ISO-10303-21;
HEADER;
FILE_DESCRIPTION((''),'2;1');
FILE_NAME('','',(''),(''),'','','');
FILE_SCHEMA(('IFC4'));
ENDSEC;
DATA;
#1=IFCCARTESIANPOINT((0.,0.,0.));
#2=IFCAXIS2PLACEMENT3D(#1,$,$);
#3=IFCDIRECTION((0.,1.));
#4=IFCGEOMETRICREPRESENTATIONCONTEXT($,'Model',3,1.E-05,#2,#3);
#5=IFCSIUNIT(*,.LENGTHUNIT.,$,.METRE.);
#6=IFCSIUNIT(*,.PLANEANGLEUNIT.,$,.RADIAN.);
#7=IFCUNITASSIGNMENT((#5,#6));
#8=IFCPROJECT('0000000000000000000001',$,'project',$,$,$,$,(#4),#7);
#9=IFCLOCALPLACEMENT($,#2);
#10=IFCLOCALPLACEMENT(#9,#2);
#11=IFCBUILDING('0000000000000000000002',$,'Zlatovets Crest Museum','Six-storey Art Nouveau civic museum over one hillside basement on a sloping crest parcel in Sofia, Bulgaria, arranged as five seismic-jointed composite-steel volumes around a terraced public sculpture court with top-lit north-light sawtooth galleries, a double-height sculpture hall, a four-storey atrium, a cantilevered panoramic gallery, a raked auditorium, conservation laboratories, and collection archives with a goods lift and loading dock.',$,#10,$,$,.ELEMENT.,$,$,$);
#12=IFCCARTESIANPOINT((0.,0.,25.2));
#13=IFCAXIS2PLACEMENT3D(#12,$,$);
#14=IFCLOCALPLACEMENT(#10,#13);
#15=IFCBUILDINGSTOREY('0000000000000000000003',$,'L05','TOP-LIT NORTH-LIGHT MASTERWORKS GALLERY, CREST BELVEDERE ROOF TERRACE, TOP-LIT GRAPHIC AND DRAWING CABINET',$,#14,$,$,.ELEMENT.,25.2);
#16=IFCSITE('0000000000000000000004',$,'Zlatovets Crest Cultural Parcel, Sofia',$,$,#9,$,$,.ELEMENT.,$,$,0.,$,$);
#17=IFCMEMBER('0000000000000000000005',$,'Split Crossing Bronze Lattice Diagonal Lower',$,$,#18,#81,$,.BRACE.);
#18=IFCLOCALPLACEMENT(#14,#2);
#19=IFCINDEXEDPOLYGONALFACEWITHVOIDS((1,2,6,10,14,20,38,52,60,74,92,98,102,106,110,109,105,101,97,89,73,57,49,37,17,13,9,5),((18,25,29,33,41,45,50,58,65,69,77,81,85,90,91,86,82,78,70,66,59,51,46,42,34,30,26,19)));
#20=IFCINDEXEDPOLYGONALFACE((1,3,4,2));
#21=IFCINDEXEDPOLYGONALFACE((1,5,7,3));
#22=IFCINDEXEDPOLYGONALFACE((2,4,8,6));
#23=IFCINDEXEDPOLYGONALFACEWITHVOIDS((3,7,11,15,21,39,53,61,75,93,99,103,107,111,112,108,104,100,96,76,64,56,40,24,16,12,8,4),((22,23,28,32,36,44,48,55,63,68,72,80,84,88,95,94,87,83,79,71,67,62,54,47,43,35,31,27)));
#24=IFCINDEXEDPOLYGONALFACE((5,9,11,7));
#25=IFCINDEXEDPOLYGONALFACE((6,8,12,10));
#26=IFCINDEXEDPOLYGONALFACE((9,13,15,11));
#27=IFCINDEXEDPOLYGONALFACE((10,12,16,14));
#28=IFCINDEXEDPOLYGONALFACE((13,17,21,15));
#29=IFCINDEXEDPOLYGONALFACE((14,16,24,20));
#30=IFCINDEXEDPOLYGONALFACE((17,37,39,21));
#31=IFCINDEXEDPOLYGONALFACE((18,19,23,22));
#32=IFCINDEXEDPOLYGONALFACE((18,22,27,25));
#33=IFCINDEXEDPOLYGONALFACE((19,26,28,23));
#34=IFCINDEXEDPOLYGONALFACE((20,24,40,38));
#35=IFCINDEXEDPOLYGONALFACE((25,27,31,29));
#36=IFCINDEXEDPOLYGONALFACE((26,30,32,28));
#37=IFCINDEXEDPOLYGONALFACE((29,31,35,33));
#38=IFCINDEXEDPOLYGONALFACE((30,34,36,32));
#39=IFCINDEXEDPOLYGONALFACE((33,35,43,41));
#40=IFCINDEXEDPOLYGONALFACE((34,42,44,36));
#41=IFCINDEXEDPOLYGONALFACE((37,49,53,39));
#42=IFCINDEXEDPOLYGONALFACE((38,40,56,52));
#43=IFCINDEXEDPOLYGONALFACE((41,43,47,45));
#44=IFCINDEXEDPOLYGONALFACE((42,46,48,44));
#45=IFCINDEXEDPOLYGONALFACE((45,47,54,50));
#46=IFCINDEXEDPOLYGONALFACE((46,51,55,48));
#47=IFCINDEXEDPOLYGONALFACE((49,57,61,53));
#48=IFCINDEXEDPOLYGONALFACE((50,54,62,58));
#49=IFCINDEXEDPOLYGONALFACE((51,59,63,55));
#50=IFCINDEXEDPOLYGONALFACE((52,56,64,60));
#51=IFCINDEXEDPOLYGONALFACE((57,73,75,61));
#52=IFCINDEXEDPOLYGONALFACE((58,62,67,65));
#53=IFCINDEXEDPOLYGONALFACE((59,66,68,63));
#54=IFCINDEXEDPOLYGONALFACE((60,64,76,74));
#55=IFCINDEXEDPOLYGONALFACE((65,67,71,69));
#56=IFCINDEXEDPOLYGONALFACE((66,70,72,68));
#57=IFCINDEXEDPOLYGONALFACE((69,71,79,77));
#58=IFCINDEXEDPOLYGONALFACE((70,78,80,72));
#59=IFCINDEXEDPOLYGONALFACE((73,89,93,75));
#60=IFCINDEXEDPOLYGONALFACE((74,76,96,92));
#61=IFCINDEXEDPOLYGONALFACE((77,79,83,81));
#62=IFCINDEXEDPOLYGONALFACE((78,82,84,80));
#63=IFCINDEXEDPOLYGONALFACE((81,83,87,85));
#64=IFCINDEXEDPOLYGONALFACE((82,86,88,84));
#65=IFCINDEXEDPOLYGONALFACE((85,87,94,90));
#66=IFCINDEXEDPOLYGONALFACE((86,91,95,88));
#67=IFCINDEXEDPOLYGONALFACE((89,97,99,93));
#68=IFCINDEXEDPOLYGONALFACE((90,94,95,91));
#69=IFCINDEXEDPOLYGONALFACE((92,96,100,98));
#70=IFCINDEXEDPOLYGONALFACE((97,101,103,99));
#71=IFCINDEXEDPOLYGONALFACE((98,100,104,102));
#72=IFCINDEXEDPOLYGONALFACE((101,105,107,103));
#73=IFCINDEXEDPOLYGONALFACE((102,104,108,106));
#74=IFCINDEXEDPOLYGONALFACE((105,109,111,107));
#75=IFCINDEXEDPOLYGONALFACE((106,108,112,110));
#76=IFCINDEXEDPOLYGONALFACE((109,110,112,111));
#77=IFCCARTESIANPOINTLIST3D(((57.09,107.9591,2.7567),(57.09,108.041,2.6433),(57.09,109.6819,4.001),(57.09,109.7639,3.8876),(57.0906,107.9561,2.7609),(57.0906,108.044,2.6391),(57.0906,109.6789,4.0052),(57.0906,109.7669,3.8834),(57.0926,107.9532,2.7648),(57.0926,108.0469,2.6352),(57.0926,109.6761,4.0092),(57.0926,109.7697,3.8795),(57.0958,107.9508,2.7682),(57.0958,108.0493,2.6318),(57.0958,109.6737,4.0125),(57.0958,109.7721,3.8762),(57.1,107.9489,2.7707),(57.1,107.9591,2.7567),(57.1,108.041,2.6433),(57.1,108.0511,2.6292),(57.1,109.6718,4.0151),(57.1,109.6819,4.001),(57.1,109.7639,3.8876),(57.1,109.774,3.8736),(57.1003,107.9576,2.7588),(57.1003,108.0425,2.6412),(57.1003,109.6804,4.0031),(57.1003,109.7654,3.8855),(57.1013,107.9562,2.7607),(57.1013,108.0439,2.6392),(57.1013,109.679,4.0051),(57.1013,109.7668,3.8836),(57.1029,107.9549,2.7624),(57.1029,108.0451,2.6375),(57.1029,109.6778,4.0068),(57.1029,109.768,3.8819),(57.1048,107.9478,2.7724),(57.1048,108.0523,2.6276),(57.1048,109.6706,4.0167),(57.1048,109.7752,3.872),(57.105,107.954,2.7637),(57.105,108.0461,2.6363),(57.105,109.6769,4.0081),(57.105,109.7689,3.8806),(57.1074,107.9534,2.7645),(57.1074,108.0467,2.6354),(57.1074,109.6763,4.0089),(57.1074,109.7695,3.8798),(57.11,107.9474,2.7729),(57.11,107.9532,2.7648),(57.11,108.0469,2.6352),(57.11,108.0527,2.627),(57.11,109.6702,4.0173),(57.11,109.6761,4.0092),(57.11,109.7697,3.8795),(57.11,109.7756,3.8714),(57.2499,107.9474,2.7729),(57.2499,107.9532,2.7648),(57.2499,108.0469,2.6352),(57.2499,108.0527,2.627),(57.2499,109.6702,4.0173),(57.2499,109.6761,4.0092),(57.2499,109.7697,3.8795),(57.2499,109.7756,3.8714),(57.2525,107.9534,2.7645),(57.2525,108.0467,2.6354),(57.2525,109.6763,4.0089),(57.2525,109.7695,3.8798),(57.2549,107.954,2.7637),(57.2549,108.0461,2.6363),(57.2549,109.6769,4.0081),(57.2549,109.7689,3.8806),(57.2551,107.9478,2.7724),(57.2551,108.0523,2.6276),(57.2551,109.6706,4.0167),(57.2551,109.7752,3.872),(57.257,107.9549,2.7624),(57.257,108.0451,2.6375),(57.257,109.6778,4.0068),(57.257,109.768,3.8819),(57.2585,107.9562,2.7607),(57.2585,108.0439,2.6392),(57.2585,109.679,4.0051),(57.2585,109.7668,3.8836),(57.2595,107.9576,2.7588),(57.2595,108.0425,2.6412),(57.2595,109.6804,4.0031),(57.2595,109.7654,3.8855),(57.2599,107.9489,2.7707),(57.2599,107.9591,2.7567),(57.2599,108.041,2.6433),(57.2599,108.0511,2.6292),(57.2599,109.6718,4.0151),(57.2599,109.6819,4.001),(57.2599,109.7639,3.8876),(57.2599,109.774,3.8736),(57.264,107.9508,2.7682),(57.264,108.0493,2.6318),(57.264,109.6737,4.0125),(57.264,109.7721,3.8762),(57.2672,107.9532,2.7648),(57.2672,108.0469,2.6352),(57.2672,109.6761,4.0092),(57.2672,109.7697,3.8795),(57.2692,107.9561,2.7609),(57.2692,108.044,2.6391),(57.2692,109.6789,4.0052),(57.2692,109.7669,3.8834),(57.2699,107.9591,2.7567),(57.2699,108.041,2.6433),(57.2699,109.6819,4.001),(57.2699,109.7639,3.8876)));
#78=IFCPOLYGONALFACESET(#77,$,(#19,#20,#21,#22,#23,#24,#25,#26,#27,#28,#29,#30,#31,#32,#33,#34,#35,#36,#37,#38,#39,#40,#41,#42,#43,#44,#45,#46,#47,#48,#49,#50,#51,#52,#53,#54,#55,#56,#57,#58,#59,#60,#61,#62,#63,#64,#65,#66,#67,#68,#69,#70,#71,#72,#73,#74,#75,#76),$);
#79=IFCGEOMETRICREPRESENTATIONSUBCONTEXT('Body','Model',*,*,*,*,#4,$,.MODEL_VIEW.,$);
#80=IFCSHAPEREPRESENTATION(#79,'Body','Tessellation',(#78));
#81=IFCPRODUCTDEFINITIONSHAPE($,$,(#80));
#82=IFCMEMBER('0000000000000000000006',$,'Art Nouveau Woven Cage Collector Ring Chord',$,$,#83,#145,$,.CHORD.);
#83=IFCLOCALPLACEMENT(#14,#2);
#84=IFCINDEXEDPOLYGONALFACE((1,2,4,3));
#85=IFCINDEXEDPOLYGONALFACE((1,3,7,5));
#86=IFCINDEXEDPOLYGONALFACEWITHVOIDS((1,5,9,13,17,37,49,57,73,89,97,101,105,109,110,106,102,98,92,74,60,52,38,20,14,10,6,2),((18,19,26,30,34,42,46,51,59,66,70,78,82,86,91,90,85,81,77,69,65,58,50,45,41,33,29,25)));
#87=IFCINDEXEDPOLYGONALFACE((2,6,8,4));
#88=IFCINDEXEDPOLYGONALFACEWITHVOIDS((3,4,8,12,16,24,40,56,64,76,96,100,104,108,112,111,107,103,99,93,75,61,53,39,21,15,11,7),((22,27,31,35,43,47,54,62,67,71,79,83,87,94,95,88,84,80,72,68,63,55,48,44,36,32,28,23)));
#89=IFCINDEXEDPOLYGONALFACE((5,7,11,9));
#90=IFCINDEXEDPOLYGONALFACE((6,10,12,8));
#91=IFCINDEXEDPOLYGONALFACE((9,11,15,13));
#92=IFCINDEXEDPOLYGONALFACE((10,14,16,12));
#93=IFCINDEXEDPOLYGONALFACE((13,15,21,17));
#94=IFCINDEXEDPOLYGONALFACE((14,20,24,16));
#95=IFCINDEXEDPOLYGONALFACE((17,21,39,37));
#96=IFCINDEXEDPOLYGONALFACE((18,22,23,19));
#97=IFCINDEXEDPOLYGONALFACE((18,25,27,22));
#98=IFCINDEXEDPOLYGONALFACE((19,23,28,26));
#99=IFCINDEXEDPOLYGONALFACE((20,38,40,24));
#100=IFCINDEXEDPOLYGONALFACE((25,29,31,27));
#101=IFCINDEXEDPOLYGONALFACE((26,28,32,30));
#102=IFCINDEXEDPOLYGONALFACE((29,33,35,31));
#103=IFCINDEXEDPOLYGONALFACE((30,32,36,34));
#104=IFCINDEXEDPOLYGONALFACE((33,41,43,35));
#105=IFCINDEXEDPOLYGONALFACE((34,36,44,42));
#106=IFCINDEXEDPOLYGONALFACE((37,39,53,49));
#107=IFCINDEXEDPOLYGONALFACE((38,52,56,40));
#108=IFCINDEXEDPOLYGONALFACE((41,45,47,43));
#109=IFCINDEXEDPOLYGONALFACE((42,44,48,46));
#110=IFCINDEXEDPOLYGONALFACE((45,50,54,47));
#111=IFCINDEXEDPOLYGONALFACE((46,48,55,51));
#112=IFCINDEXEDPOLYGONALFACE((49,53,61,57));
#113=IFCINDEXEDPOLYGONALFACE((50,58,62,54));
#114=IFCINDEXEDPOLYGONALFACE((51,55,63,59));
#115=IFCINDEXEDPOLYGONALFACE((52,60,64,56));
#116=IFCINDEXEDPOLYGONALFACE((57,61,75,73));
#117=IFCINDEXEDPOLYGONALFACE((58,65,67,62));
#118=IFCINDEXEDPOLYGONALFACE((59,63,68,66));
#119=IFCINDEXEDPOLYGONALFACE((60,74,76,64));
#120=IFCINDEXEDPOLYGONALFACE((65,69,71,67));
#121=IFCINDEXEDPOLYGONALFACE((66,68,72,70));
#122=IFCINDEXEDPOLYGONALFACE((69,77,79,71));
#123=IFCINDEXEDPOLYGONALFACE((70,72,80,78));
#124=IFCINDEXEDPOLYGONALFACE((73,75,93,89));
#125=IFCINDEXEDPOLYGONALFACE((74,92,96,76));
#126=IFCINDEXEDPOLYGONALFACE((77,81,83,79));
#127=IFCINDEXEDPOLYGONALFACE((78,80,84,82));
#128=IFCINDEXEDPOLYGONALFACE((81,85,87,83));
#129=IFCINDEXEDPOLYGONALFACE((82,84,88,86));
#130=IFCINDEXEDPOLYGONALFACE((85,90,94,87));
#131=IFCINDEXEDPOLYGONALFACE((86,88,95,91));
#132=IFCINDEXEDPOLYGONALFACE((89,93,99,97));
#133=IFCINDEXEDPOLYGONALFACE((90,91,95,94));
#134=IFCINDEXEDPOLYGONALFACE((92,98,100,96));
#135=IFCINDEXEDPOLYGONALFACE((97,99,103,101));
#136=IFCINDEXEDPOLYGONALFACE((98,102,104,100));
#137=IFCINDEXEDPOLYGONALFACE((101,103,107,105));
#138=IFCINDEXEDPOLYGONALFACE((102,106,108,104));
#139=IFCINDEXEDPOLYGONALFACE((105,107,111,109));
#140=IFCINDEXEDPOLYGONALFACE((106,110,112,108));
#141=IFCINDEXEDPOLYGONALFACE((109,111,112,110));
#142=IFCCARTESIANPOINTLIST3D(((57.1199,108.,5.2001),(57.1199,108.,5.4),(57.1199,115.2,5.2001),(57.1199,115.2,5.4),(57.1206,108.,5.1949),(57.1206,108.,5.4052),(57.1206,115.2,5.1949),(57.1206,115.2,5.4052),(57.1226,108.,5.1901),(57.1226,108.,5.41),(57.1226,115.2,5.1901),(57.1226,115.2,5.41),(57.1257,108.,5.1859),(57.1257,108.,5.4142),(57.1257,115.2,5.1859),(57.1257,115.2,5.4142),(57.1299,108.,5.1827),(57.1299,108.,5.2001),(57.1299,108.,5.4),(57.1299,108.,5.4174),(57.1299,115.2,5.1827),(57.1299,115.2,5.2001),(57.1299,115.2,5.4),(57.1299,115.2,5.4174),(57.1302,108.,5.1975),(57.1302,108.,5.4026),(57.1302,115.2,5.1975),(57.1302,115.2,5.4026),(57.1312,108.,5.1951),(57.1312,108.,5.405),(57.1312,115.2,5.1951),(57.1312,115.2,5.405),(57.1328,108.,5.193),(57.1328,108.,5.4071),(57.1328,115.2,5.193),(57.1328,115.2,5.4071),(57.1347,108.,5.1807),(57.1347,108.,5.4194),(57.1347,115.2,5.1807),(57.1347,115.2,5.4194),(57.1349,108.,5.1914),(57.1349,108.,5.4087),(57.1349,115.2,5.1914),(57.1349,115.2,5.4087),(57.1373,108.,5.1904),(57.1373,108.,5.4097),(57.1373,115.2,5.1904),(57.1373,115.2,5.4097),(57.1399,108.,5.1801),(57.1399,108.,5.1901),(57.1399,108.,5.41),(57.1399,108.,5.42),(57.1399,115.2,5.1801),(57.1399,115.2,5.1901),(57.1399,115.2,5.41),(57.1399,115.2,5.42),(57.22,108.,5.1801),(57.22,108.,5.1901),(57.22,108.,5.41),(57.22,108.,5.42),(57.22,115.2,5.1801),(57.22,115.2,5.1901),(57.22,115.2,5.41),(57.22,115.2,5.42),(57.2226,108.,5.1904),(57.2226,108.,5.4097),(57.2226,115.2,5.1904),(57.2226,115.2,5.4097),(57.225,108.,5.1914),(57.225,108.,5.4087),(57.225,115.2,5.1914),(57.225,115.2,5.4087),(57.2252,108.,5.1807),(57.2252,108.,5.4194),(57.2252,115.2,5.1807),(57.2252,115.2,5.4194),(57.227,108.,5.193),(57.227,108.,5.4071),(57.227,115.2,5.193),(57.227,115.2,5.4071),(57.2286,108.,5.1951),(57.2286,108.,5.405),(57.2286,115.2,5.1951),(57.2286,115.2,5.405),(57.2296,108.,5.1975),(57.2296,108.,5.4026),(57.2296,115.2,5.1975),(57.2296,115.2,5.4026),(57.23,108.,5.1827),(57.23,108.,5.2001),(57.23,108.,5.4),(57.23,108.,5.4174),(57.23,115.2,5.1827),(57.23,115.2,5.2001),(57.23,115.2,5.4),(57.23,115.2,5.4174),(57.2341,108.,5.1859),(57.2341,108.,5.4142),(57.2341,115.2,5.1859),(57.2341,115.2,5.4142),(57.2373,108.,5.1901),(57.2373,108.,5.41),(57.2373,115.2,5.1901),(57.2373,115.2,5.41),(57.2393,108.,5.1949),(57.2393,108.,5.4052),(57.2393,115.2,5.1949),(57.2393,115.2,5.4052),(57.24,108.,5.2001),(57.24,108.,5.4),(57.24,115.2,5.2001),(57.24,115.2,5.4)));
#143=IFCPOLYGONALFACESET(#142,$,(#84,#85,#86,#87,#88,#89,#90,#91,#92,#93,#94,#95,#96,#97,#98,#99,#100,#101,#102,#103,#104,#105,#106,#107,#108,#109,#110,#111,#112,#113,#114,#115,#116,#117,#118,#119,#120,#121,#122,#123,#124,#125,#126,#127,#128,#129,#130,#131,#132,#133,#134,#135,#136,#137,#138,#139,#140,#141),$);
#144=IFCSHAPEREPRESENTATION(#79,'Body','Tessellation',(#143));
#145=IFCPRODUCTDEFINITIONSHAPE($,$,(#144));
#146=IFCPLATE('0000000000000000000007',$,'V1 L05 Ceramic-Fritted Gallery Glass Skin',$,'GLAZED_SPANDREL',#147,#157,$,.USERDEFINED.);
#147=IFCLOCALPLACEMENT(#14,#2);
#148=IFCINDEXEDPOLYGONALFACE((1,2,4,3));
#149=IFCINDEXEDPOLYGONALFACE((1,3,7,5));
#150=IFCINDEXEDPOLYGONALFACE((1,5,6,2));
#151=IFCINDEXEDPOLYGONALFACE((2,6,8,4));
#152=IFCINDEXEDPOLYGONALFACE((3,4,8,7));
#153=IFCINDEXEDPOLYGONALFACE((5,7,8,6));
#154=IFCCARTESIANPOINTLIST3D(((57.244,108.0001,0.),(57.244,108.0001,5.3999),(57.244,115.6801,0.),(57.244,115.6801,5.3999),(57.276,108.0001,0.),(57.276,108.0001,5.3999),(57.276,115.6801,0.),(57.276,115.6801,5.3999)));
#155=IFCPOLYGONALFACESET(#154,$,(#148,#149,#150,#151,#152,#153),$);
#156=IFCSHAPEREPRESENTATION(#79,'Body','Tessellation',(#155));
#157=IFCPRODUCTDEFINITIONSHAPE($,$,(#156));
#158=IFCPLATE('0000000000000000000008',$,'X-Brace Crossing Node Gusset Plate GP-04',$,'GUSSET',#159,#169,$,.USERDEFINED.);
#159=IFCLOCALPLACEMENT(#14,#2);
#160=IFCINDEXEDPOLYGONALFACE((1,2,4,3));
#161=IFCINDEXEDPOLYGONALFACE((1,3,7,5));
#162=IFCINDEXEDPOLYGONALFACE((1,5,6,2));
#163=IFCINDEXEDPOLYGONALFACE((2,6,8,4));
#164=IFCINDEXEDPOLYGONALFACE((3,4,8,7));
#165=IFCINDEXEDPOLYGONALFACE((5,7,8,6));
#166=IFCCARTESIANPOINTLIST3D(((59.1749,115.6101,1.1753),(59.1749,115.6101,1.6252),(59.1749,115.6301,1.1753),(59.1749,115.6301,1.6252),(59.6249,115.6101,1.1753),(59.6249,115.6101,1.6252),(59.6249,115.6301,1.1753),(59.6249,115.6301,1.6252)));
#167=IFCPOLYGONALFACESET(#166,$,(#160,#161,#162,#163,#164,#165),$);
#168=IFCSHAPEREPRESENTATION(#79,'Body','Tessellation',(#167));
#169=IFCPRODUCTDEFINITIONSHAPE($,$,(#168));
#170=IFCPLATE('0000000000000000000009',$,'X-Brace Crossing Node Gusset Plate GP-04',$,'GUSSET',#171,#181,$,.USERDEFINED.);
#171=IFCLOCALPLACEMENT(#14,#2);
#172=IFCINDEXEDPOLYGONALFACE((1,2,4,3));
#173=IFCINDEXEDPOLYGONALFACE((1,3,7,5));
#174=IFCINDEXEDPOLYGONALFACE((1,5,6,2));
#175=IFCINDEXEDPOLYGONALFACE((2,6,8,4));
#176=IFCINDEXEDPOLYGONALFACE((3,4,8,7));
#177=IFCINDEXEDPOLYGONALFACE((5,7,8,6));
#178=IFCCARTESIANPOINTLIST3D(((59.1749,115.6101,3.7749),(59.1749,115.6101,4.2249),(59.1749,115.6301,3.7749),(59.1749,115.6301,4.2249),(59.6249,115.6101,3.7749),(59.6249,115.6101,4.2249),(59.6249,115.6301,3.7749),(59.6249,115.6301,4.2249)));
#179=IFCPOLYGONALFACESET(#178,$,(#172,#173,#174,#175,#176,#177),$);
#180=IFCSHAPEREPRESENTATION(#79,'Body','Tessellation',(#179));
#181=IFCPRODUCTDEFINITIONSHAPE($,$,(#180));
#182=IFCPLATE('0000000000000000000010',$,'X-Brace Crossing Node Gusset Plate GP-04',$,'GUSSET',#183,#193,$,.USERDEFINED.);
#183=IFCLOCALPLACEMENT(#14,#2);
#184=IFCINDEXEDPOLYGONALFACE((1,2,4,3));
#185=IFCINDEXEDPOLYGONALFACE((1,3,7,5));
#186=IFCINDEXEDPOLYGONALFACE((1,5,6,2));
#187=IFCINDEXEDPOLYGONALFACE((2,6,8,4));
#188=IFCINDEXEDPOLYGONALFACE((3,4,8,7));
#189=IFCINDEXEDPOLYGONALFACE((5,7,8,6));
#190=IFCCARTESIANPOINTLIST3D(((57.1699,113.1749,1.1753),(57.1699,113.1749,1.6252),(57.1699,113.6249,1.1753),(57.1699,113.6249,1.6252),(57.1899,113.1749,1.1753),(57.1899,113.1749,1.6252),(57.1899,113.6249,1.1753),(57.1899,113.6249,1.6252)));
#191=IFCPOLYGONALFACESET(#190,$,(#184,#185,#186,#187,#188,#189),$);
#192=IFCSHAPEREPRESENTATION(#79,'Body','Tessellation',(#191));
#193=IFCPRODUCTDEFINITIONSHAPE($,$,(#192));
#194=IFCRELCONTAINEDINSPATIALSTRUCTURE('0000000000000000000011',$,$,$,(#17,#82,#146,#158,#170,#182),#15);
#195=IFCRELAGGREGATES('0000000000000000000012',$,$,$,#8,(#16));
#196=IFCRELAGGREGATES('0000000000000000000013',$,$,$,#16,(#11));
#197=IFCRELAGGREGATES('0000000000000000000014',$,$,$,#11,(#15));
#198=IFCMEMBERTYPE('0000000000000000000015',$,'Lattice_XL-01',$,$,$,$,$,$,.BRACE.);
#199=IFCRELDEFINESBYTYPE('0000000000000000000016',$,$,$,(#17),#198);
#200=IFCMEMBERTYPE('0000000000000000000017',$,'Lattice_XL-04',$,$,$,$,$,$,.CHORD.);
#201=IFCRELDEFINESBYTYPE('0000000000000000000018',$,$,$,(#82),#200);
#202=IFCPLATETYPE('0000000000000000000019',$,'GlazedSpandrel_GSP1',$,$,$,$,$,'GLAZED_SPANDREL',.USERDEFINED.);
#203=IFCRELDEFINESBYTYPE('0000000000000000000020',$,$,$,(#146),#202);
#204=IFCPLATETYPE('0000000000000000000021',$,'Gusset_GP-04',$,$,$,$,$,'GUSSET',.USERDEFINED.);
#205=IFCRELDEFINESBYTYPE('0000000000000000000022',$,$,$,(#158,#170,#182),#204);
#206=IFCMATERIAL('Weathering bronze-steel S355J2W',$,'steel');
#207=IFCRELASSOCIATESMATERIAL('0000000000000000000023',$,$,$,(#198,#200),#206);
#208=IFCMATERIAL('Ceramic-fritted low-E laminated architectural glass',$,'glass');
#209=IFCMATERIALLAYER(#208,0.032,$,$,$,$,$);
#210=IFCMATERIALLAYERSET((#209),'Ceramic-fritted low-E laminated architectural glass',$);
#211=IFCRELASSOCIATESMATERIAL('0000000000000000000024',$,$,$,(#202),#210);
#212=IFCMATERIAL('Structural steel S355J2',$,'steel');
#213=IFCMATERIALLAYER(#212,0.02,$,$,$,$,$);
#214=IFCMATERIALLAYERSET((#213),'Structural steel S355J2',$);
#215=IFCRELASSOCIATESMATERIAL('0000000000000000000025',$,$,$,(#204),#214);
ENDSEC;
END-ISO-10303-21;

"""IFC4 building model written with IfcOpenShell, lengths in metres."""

from ifc_helpers import new_model, si_unit, direction, frame, origin, origin_2d, place, context, subcontext, project, spatial, rectangle, hollow_rectangle, extrude, material, layer, layer_set, material_profile, profile_set, type_object, element, save


model = new_model("IFC4")

# Units and contexts
model_context = context("Model", 3, precision=1e-05, world=origin(), true_north=direction((0.0, 1.0)))
body_context = subcontext(model_context, "Body", "Model", "MODEL_VIEW")
ifc_project = project(units=[si_unit("LENGTHUNIT", "METRE"), si_unit("PLANEANGLEUNIT", "RADIAN")], contexts=[model_context])

# Site, building, storey
site_placement = place(None, origin())
site = spatial("IfcSite", under=ifc_project, at=site_placement, Name="Zlatovets Crest Cultural Parcel, Sofia", CompositionType="ELEMENT", RefElevation=0.0)
building_placement = place(site_placement, origin())
building = spatial("IfcBuilding", under=site, at=building_placement, Name="Zlatovets Crest Museum", Description="Six-storey Art Nouveau civic museum over one hillside basement on a sloping crest parcel in Sofia, Bulgaria, arranged as five seismic-jointed composite-steel volumes around a terraced public sculpture court with top-lit north-light sawtooth galleries, a double-height sculpture hall, a four-storey atrium, a cantilevered panoramic gallery, a raked auditorium, conservation laboratories, and collection archives with a goods lift and loading dock.", CompositionType="ELEMENT")
storey_placement = place(building_placement, frame((0.0, 0.0, 25.2)))
storey = spatial("IfcBuildingStorey", under=building, at=storey_placement, Name="L05", Description="TOP-LIT NORTH-LIGHT MASTERWORKS GALLERY, CREST BELVEDERE ROOF TERRACE, TOP-LIT GRAPHIC AND DRAWING CABINET", CompositionType="ELEMENT", Elevation=25.2)

# Shared definitions
ifc_material_1 = material(Name="Structural steel S355J2", Category="steel")

# Members
ifc_material_2 = material(Name="Weathering bronze-steel S355J2W", Category="steel")
ifc_material_profile_1 = material_profile(ifc_material_2, hollow_rectangle(XDim=0.1799, YDim=0.1799, WallThickness=0.01, InnerFilletRadius=0.01, OuterFilletRadius=0.02, at=origin_2d()), Name="SHS 180x180x10.0")
ifc_profile_set_1 = profile_set([ifc_material_profile_1], Name="Weathering bronze-steel S355J2W")
member_type_1 = type_object("IfcMemberType", Name="Lattice_XL-01", PredefinedType="BRACE", material=ifc_profile_set_1)
member_1_placement = place(storey_placement, frame((57.1799, 109.7229, 3.9443), z_axis=(0.0, -0.810664, -0.585512), x_axis=(1.0, 0.0, 0.0)))
element("IfcMember", 1, at=member_1_placement, inside=storey, type_object=member_type_1, Name="Split Crossing Bronze Lattice Diagonal Lower", PredefinedType="BRACE", context=body_context, shape_type="SweptSolid", body=[
    extrude(hollow_rectangle(XDim=0.1799, YDim=0.1799, WallThickness=0.01, InnerFilletRadius=0.01, OuterFilletRadius=0.02, at=origin_2d()), origin(), (0.0, 0.0, 1.0), 2.1252),
])
ifc_material_profile_2 = material_profile(ifc_material_2, hollow_rectangle(XDim=0.1201, YDim=0.24, WallThickness=0.01, InnerFilletRadius=0.01, OuterFilletRadius=0.02, at=origin_2d()), Name="RHS 120x240x10.0")
ifc_profile_set_2 = profile_set([ifc_material_profile_2], Name="Weathering bronze-steel S355J2W")
member_type_2 = type_object("IfcMemberType", Name="Lattice_XL-04", PredefinedType="CHORD", material=ifc_profile_set_2)
member_2_placement = place(storey_placement, frame((57.1799, 115.2, 5.3), z_axis=(0.0, -1.0, 0.0), x_axis=(1.0, 0.0, 0.0)))
element("IfcMember", 2, at=member_2_placement, inside=storey, type_object=member_type_2, Name="Art Nouveau Woven Cage Collector Ring Chord", PredefinedType="CHORD", context=body_context, shape_type="SweptSolid", body=[
    extrude(hollow_rectangle(XDim=0.1201, YDim=0.24, WallThickness=0.01, InnerFilletRadius=0.01, OuterFilletRadius=0.02, at=origin_2d()), origin(), (0.0, 0.0, 1.0), 7.2),
])

# Plates
ifc_material_3 = material(Name="Ceramic-fritted low-E laminated architectural glass", Category="glass")
ifc_layer_1 = layer(ifc_material_3, 0.032)
ifc_layer_set_1 = layer_set([ifc_layer_1], Name="Ceramic-fritted low-E laminated architectural glass")
plate_type_1 = type_object("IfcPlateType", Name="GlazedSpandrel_GSP1", ElementType="GLAZED_SPANDREL", PredefinedType="USERDEFINED", material=ifc_layer_set_1)
plate_placement = place(storey_placement, frame((57.26, 111.8401, 0.0), z_axis=(0.0, 0.0, 1.0), x_axis=(0.0, 1.0, 0.0)))
element("IfcPlate", 3, at=plate_placement, inside=storey, type_object=plate_type_1, Name="V1 L05 Ceramic-Fritted Gallery Glass Skin", ObjectType="GLAZED_SPANDREL", PredefinedType="USERDEFINED", context=body_context, shape_type="SweptSolid", body=[
    extrude(rectangle(XDim=7.6799, YDim=0.032, at=origin_2d()), origin(), (0.0, 0.0, 1.0), 5.3999),
])
ifc_layer_2 = layer(ifc_material_1, 0.02)
ifc_layer_set_2 = layer_set([ifc_layer_2], Name="Structural steel S355J2")
plate_type_2 = type_object("IfcPlateType", Name="Gusset_GP-04", ElementType="GUSSET", PredefinedType="USERDEFINED", material=ifc_layer_set_2)
for number, where, z_axis, x_axis, name in (
    (4, (59.3999, 115.6201, 1.1753), (0.0, 0.0, 1.0), (1.0, 0.0, 0.0), "X-Brace Crossing Node Gusset Plate GP-04"),
    (5, (59.3999, 115.6201, 3.7749), (0.0, 0.0, 1.0), (1.0, 0.0, 0.0), "X-Brace Crossing Node Gusset Plate GP-04"),
):
    element("IfcPlate", number, at=place(storey_placement, frame(where, z_axis=z_axis, x_axis=x_axis)), inside=storey, type_object=plate_type_2, Name=name, ObjectType="GUSSET", PredefinedType="USERDEFINED", context=body_context, shape_type="SweptSolid", body=[
        extrude(rectangle(XDim=0.45, YDim=0.02, at=origin_2d()), origin(), (0.0, 0.0, 1.0), 0.45),
    ])
for number, where, z_axis, x_axis, name in (
    (6, (57.1799, 113.3999, 1.1753), (0.0, 0.0, 1.0), (1.0, 0.0, 0.0), "X-Brace Crossing Node Gusset Plate GP-04"),
):
    element("IfcPlate", number, at=place(storey_placement, frame(where, z_axis=z_axis, x_axis=x_axis)), inside=storey, type_object=plate_type_2, Name=name, ObjectType="GUSSET", PredefinedType="USERDEFINED", context=body_context, shape_type="SweptSolid", body=[
        extrude(rectangle(XDim=0.02, YDim=0.45, at=origin_2d()), origin(), (0.0, 0.0, 1.0), 0.45),
    ])

save(model, "model.ifc")
